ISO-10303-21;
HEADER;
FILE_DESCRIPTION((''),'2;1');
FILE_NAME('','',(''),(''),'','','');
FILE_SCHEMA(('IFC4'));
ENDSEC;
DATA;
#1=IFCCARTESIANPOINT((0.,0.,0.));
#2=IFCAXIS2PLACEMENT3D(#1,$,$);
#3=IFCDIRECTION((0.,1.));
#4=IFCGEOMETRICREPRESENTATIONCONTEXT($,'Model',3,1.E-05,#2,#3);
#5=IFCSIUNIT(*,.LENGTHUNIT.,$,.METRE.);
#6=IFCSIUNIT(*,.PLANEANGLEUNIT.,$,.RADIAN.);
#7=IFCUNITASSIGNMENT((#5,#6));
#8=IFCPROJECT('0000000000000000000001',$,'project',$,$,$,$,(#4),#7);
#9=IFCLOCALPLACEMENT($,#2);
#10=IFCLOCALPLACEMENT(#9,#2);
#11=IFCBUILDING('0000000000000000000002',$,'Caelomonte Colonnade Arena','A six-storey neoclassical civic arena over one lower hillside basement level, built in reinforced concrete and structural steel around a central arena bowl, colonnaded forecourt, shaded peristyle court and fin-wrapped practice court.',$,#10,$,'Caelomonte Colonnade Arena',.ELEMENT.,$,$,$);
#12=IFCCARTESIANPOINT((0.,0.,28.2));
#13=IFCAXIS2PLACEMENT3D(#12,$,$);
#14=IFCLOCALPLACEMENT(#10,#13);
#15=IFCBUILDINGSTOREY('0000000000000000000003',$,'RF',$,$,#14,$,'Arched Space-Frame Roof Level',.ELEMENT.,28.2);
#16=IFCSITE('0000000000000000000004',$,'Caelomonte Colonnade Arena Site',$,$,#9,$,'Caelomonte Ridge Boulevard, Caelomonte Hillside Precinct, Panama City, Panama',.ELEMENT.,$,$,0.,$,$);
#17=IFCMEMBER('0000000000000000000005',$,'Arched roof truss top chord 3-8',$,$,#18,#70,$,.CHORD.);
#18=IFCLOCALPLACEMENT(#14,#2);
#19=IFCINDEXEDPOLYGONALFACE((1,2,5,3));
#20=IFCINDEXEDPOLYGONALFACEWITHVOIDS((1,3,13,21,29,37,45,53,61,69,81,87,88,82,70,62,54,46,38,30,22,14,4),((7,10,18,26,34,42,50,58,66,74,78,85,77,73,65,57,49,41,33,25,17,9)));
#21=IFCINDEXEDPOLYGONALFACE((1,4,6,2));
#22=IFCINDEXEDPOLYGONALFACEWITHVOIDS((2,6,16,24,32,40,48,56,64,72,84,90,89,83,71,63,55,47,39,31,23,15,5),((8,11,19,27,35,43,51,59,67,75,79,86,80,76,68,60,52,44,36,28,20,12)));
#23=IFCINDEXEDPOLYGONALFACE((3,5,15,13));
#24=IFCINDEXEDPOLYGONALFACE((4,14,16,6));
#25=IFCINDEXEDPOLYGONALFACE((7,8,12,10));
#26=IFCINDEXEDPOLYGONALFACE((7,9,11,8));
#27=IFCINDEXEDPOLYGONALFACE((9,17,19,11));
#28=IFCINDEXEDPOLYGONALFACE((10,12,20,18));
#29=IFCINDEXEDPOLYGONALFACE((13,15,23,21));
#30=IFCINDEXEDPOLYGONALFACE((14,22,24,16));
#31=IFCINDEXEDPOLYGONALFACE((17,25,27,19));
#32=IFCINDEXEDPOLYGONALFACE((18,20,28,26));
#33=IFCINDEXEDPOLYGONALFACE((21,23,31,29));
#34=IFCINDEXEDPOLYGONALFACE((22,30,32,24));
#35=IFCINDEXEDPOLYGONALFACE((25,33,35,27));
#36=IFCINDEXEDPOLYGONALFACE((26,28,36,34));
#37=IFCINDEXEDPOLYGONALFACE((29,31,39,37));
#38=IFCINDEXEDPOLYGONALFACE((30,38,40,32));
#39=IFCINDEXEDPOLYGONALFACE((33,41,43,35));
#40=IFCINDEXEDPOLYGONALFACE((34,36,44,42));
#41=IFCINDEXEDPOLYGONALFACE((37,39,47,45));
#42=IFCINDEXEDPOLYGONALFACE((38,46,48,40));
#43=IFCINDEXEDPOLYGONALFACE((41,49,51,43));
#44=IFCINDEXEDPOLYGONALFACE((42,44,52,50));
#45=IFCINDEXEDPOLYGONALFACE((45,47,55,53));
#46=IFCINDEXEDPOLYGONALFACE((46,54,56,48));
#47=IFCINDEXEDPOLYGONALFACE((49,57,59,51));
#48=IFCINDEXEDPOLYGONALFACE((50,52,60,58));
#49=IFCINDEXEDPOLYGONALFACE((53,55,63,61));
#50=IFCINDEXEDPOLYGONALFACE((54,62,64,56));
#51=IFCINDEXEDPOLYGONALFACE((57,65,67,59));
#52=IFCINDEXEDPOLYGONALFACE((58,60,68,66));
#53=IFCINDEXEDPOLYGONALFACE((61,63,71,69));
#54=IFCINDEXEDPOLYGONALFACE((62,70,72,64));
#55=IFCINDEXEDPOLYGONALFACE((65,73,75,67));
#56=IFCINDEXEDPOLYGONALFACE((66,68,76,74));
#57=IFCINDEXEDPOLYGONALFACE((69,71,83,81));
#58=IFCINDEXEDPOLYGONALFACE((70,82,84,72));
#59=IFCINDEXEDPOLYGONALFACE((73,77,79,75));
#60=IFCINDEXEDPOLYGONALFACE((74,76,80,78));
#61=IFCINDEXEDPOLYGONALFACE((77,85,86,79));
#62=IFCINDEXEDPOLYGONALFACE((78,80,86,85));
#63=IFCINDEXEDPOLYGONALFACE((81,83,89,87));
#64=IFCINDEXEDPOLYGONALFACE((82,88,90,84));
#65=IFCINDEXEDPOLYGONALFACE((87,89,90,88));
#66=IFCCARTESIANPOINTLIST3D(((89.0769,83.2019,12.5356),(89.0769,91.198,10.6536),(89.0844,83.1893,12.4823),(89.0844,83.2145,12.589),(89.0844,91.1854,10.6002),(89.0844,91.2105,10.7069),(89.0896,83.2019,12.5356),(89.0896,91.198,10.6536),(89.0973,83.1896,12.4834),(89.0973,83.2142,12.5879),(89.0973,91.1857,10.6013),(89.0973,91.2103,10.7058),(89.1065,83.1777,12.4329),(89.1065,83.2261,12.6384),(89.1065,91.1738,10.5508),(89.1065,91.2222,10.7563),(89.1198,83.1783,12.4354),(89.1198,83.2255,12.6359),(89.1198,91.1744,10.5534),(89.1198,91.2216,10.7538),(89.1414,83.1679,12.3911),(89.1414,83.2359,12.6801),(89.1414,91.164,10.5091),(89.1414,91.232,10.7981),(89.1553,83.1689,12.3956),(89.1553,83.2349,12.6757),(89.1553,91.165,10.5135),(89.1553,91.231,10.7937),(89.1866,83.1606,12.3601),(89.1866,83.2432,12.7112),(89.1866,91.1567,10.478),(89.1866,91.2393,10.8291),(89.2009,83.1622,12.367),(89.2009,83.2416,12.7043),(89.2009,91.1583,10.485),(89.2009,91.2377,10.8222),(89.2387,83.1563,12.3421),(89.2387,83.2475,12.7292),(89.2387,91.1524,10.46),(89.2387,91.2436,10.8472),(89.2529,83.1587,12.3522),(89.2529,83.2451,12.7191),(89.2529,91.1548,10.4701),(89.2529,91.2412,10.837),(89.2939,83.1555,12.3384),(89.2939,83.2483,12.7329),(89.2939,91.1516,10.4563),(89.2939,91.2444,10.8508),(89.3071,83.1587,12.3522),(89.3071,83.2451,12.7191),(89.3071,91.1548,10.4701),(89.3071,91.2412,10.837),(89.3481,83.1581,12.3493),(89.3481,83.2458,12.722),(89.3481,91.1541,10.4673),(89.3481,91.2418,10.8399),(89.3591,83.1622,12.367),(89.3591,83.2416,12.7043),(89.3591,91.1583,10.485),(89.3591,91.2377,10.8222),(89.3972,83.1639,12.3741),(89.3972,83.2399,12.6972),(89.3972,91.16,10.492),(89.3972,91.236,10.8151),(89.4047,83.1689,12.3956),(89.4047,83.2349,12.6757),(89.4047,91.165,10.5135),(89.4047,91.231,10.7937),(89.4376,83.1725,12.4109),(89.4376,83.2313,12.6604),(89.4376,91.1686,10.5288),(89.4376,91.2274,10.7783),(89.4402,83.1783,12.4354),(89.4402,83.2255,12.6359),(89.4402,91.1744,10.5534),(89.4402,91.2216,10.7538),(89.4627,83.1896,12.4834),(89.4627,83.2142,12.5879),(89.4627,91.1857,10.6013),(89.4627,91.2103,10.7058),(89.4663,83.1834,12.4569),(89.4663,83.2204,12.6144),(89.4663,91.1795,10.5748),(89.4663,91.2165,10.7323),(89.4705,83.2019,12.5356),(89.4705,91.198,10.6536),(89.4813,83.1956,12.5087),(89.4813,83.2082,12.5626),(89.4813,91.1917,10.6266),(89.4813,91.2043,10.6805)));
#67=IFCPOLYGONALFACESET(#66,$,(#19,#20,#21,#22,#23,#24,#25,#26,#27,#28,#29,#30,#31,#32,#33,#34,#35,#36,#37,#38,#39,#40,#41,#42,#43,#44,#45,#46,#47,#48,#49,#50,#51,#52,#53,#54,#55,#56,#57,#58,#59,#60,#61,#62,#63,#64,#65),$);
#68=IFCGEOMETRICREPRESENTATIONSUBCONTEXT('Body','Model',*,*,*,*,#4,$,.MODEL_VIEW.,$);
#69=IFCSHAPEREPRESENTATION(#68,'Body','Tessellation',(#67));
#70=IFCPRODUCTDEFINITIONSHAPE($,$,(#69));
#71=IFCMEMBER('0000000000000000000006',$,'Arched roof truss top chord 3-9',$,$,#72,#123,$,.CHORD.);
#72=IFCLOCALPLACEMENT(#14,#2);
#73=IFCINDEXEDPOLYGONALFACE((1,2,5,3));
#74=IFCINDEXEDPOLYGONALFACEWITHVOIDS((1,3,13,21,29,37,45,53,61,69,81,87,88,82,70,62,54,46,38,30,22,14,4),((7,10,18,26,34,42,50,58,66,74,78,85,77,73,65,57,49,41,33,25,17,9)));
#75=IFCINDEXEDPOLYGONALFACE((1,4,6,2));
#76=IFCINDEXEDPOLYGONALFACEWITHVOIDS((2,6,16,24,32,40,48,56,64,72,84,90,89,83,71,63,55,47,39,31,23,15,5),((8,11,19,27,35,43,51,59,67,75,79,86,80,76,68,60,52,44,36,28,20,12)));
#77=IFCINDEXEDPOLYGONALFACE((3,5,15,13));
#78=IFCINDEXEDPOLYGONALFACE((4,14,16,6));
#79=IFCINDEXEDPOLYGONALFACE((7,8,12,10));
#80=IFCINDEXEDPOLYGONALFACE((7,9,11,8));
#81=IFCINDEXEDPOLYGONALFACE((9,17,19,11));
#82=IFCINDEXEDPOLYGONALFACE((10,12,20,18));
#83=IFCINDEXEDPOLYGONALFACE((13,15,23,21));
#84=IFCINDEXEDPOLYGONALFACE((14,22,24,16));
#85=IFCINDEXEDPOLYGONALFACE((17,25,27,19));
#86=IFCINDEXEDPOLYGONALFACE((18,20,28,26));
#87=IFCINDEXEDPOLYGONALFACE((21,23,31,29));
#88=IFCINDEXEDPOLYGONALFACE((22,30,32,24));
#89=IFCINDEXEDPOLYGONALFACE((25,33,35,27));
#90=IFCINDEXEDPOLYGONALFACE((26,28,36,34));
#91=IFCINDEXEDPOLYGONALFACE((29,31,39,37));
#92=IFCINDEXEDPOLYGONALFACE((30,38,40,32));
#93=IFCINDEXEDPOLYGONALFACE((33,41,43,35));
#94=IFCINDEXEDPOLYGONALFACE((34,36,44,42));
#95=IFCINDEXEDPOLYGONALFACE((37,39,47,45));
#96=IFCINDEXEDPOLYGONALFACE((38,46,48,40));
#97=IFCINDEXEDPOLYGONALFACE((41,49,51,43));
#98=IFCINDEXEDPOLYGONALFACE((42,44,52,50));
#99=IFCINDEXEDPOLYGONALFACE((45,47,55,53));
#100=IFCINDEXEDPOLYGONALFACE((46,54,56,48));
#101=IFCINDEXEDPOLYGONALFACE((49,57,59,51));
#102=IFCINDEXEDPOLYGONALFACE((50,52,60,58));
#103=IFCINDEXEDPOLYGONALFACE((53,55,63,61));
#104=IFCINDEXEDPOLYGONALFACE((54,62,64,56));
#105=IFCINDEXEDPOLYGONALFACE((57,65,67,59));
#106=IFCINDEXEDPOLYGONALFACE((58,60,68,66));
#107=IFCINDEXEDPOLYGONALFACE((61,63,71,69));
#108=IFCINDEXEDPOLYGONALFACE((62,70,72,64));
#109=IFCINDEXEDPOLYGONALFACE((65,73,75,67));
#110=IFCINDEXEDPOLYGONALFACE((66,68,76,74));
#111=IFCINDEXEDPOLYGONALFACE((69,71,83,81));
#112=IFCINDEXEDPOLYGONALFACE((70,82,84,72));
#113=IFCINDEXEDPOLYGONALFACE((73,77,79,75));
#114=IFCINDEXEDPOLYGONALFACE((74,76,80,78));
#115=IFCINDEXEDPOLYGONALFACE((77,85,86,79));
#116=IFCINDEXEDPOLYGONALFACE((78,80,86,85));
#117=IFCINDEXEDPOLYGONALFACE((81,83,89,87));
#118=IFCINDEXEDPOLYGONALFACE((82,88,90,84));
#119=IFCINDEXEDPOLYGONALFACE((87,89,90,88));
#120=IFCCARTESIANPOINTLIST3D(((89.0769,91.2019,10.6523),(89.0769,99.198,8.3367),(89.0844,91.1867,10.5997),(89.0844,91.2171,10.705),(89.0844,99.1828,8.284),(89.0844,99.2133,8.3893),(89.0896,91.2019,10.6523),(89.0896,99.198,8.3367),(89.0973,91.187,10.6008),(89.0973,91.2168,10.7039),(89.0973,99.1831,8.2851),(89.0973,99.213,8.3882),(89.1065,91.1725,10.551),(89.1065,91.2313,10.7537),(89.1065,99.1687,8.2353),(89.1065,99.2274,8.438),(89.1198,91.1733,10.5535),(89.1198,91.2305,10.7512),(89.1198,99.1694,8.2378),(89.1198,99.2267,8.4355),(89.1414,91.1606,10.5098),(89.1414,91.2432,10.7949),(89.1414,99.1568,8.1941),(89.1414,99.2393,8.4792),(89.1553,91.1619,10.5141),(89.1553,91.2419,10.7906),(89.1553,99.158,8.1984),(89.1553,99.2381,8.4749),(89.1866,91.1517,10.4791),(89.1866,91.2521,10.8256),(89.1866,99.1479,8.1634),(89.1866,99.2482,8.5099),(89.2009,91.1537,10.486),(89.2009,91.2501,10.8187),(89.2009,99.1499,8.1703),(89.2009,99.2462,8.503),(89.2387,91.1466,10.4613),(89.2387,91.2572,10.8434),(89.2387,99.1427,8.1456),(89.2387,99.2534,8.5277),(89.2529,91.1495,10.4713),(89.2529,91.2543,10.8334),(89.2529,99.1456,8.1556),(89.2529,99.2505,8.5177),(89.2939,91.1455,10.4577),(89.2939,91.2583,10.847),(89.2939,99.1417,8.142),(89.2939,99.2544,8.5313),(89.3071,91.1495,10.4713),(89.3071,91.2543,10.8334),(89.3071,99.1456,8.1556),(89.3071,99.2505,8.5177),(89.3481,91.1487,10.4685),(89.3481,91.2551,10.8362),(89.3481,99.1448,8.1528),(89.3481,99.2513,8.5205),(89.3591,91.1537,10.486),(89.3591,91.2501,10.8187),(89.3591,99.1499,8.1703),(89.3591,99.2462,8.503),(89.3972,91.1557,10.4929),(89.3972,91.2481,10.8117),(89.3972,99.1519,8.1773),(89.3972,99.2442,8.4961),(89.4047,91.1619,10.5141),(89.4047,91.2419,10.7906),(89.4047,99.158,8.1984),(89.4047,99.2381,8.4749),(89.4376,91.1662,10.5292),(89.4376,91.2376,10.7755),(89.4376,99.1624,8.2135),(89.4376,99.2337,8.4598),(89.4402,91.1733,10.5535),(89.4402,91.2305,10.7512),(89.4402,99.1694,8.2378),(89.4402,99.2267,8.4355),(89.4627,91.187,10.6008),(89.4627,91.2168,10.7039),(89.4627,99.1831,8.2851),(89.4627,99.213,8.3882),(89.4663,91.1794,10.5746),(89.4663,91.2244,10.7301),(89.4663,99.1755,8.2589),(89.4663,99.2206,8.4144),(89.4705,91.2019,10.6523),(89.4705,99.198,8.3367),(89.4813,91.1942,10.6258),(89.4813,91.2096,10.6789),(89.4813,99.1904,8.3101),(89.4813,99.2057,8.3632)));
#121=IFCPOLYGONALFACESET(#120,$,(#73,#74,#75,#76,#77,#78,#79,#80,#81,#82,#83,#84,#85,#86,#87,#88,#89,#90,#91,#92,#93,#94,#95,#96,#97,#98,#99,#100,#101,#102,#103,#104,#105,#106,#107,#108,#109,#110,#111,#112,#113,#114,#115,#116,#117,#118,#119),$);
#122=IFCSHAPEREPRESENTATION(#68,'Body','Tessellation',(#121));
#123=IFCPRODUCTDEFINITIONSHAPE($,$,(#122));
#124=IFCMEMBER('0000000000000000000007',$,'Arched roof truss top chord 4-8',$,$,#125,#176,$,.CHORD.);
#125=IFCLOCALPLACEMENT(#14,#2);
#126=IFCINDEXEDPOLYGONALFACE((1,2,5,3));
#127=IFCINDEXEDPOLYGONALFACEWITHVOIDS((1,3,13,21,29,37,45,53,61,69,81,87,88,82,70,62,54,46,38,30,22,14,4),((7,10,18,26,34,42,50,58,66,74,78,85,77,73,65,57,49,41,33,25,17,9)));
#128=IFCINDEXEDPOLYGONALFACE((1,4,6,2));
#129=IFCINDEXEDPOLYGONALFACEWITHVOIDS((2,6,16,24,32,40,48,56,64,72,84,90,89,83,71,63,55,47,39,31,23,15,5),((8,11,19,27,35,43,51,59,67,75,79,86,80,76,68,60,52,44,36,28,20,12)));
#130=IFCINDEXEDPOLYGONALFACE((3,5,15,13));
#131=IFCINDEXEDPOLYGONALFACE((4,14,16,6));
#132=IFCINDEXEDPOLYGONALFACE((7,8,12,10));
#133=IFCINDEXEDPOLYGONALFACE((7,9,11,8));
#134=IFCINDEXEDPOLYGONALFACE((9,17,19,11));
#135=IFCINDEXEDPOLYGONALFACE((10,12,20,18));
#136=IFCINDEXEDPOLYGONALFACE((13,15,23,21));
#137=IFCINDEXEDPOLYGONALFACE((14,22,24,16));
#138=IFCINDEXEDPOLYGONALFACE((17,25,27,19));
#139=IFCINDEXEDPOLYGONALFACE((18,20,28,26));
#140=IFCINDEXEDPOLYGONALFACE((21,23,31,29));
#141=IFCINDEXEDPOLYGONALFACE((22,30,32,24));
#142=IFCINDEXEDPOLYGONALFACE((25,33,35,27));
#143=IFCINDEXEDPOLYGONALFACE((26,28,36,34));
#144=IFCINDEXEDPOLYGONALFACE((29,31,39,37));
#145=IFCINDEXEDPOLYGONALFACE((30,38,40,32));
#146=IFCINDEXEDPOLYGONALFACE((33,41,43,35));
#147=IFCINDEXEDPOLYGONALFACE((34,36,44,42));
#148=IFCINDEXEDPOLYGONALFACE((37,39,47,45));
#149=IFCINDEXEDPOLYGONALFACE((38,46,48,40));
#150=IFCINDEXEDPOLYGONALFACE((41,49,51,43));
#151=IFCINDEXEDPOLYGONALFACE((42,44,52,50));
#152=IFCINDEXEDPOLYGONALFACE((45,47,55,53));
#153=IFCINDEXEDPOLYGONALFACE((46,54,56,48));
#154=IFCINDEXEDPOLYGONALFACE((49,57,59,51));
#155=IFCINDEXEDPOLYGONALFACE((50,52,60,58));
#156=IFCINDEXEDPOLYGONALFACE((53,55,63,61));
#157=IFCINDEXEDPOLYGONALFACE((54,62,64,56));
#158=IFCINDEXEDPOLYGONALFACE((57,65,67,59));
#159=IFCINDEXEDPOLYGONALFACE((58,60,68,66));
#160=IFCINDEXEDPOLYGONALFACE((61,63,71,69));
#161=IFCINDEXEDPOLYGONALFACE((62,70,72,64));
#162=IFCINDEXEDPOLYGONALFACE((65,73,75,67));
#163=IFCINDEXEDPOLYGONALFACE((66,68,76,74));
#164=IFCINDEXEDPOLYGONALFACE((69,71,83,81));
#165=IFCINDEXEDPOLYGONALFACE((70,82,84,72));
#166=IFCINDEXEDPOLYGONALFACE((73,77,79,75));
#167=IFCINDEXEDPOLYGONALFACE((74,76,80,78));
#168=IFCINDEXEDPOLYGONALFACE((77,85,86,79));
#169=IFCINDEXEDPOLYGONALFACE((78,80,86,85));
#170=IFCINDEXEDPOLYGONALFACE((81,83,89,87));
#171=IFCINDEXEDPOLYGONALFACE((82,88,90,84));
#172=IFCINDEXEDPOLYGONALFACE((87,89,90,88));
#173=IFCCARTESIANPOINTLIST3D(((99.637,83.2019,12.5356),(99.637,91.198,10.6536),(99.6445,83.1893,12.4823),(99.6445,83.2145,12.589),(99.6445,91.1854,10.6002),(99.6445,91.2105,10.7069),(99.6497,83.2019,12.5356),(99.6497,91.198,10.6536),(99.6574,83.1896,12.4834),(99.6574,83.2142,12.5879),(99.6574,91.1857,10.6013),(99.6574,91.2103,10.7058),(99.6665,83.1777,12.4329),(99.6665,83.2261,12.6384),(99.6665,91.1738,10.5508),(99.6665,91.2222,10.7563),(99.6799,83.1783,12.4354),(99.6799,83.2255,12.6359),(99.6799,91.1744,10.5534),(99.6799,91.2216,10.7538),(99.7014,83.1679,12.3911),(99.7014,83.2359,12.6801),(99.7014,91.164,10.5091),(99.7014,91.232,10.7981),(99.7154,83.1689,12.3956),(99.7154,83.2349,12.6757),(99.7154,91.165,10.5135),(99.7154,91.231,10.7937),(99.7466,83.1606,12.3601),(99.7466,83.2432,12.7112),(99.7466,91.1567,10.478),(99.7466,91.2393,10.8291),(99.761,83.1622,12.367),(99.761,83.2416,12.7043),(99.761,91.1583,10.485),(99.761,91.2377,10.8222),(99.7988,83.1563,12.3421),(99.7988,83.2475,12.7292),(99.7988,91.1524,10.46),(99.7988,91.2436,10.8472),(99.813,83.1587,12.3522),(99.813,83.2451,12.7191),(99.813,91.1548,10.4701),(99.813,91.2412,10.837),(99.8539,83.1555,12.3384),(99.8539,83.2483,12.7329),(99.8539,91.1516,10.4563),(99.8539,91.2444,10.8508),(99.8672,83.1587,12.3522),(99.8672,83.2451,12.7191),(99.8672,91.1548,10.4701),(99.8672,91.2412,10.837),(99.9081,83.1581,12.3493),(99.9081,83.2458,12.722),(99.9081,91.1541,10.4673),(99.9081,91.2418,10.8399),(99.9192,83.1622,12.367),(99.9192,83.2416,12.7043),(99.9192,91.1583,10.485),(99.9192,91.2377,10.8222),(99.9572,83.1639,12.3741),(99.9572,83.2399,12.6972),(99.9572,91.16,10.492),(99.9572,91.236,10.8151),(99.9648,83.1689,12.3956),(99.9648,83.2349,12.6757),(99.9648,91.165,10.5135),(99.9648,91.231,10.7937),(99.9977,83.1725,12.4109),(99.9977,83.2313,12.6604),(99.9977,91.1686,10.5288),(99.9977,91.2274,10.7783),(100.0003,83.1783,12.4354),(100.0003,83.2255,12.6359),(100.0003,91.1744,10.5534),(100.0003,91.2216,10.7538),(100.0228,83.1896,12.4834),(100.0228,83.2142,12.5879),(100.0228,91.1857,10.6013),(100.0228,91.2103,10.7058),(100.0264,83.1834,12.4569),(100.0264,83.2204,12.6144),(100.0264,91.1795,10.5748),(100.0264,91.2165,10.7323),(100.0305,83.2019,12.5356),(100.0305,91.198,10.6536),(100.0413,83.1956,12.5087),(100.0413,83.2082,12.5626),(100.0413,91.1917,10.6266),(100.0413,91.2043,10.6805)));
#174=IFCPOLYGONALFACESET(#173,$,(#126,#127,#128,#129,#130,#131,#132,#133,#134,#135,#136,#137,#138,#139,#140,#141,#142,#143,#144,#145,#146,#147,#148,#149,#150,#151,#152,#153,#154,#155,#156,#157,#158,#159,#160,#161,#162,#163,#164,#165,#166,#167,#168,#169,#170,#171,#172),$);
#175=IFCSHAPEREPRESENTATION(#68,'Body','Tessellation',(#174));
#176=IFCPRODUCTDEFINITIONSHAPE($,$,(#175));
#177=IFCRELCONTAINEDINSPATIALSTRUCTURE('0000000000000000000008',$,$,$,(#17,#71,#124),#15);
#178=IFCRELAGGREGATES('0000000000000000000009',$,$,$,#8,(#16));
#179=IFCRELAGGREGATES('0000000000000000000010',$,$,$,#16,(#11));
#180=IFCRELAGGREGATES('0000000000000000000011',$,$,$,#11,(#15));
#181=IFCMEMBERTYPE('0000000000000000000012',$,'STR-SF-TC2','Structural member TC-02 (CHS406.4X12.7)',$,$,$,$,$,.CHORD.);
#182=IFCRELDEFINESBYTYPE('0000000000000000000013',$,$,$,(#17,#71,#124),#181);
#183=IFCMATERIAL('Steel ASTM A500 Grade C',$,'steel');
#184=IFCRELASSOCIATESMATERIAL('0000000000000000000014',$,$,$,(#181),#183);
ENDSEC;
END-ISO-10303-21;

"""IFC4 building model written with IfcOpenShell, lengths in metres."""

from ifc_helpers import new_model, si_unit, direction, frame, origin, origin_2d, place, context, subcontext, project, spatial, hollow_circle, extrude, material, material_profile, profile_set, type_object, element, save


model = new_model("IFC4")

# Units and contexts
model_context = context("Model", 3, precision=1e-05, world=origin(), true_north=direction((0.0, 1.0)))
body_context = subcontext(model_context, "Body", "Model", "MODEL_VIEW")
ifc_project = project(units=[si_unit("LENGTHUNIT", "METRE"), si_unit("PLANEANGLEUNIT", "RADIAN")], contexts=[model_context])

# Site, building, storey
site_placement = place(None, origin())
site = spatial("IfcSite", under=ifc_project, at=site_placement, Name="Caelomonte Colonnade Arena Site", LongName="Caelomonte Ridge Boulevard, Caelomonte Hillside Precinct, Panama City, Panama", CompositionType="ELEMENT", RefElevation=0.0)
building_placement = place(site_placement, origin())
building = spatial("IfcBuilding", under=site, at=building_placement, Name="Caelomonte Colonnade Arena", Description="A six-storey neoclassical civic arena over one lower hillside basement level, built in reinforced concrete and structural steel around a central arena bowl, colonnaded forecourt, shaded peristyle court and fin-wrapped practice court.", LongName="Caelomonte Colonnade Arena", CompositionType="ELEMENT")
storey_placement = place(building_placement, frame((0.0, 0.0, 28.2)))
storey = spatial("IfcBuildingStorey", under=building, at=storey_placement, Name="RF", LongName="Arched Space-Frame Roof Level", CompositionType="ELEMENT", Elevation=28.2)

# Members
ifc_material_1 = material(Name="Steel ASTM A500 Grade C", Category="steel")
ifc_material_profile_1 = material_profile(ifc_material_1, hollow_circle(Radius=0.2031, WallThickness=0.0127, at=origin_2d()), Name="CHS406.4X12.7")
ifc_profile_set_1 = profile_set([ifc_material_profile_1], Name="Steel ASTM A500 Grade C")
member_type_1 = type_object("IfcMemberType", Name="STR-SF-TC2", Description="Structural member TC-02 (CHS406.4X12.7)", PredefinedType="CHORD", material=ifc_profile_set_1)
member_1_placement = place(storey_placement, frame((89.28, 83.2019, 12.5356), z_axis=(0.0, 0.9734, -0.229114), x_axis=(-1.0, 0.0, 0.0)))
element("IfcMember", 1, at=member_1_placement, inside=storey, type_object=member_type_1, Name="Arched roof truss top chord 3-8", PredefinedType="CHORD", context=body_context, shape_type="SweptSolid", body=[
    extrude(hollow_circle(Radius=0.2031, WallThickness=0.0127, at=origin_2d()), origin(), (0.0, 0.0, 1.0), 8.2146),
])
member_2_placement = place(storey_placement, frame((89.28, 91.2019, 10.6523), z_axis=(0.0, 0.960532, -0.278171), x_axis=(-1.0, 0.0, 0.0)))
element("IfcMember", 2, at=member_2_placement, inside=storey, type_object=member_type_1, Name="Arched roof truss top chord 3-9", PredefinedType="CHORD", context=body_context, shape_type="SweptSolid", body=[
    extrude(hollow_circle(Radius=0.2031, WallThickness=0.0127, at=origin_2d()), origin(), (0.0, 0.0, 1.0), 8.3247),
])
member_3_placement = place(storey_placement, frame((99.8401, 83.2019, 12.5356), z_axis=(0.0, 0.9734, -0.229114), x_axis=(-1.0, 0.0, 0.0)))
element("IfcMember", 3, at=member_3_placement, inside=storey, type_object=member_type_1, Name="Arched roof truss top chord 4-8", PredefinedType="CHORD", context=body_context, shape_type="SweptSolid", body=[
    extrude(hollow_circle(Radius=0.2031, WallThickness=0.0127, at=origin_2d()), origin(), (0.0, 0.0, 1.0), 8.2146),
])

save(model, "model.ifc")
